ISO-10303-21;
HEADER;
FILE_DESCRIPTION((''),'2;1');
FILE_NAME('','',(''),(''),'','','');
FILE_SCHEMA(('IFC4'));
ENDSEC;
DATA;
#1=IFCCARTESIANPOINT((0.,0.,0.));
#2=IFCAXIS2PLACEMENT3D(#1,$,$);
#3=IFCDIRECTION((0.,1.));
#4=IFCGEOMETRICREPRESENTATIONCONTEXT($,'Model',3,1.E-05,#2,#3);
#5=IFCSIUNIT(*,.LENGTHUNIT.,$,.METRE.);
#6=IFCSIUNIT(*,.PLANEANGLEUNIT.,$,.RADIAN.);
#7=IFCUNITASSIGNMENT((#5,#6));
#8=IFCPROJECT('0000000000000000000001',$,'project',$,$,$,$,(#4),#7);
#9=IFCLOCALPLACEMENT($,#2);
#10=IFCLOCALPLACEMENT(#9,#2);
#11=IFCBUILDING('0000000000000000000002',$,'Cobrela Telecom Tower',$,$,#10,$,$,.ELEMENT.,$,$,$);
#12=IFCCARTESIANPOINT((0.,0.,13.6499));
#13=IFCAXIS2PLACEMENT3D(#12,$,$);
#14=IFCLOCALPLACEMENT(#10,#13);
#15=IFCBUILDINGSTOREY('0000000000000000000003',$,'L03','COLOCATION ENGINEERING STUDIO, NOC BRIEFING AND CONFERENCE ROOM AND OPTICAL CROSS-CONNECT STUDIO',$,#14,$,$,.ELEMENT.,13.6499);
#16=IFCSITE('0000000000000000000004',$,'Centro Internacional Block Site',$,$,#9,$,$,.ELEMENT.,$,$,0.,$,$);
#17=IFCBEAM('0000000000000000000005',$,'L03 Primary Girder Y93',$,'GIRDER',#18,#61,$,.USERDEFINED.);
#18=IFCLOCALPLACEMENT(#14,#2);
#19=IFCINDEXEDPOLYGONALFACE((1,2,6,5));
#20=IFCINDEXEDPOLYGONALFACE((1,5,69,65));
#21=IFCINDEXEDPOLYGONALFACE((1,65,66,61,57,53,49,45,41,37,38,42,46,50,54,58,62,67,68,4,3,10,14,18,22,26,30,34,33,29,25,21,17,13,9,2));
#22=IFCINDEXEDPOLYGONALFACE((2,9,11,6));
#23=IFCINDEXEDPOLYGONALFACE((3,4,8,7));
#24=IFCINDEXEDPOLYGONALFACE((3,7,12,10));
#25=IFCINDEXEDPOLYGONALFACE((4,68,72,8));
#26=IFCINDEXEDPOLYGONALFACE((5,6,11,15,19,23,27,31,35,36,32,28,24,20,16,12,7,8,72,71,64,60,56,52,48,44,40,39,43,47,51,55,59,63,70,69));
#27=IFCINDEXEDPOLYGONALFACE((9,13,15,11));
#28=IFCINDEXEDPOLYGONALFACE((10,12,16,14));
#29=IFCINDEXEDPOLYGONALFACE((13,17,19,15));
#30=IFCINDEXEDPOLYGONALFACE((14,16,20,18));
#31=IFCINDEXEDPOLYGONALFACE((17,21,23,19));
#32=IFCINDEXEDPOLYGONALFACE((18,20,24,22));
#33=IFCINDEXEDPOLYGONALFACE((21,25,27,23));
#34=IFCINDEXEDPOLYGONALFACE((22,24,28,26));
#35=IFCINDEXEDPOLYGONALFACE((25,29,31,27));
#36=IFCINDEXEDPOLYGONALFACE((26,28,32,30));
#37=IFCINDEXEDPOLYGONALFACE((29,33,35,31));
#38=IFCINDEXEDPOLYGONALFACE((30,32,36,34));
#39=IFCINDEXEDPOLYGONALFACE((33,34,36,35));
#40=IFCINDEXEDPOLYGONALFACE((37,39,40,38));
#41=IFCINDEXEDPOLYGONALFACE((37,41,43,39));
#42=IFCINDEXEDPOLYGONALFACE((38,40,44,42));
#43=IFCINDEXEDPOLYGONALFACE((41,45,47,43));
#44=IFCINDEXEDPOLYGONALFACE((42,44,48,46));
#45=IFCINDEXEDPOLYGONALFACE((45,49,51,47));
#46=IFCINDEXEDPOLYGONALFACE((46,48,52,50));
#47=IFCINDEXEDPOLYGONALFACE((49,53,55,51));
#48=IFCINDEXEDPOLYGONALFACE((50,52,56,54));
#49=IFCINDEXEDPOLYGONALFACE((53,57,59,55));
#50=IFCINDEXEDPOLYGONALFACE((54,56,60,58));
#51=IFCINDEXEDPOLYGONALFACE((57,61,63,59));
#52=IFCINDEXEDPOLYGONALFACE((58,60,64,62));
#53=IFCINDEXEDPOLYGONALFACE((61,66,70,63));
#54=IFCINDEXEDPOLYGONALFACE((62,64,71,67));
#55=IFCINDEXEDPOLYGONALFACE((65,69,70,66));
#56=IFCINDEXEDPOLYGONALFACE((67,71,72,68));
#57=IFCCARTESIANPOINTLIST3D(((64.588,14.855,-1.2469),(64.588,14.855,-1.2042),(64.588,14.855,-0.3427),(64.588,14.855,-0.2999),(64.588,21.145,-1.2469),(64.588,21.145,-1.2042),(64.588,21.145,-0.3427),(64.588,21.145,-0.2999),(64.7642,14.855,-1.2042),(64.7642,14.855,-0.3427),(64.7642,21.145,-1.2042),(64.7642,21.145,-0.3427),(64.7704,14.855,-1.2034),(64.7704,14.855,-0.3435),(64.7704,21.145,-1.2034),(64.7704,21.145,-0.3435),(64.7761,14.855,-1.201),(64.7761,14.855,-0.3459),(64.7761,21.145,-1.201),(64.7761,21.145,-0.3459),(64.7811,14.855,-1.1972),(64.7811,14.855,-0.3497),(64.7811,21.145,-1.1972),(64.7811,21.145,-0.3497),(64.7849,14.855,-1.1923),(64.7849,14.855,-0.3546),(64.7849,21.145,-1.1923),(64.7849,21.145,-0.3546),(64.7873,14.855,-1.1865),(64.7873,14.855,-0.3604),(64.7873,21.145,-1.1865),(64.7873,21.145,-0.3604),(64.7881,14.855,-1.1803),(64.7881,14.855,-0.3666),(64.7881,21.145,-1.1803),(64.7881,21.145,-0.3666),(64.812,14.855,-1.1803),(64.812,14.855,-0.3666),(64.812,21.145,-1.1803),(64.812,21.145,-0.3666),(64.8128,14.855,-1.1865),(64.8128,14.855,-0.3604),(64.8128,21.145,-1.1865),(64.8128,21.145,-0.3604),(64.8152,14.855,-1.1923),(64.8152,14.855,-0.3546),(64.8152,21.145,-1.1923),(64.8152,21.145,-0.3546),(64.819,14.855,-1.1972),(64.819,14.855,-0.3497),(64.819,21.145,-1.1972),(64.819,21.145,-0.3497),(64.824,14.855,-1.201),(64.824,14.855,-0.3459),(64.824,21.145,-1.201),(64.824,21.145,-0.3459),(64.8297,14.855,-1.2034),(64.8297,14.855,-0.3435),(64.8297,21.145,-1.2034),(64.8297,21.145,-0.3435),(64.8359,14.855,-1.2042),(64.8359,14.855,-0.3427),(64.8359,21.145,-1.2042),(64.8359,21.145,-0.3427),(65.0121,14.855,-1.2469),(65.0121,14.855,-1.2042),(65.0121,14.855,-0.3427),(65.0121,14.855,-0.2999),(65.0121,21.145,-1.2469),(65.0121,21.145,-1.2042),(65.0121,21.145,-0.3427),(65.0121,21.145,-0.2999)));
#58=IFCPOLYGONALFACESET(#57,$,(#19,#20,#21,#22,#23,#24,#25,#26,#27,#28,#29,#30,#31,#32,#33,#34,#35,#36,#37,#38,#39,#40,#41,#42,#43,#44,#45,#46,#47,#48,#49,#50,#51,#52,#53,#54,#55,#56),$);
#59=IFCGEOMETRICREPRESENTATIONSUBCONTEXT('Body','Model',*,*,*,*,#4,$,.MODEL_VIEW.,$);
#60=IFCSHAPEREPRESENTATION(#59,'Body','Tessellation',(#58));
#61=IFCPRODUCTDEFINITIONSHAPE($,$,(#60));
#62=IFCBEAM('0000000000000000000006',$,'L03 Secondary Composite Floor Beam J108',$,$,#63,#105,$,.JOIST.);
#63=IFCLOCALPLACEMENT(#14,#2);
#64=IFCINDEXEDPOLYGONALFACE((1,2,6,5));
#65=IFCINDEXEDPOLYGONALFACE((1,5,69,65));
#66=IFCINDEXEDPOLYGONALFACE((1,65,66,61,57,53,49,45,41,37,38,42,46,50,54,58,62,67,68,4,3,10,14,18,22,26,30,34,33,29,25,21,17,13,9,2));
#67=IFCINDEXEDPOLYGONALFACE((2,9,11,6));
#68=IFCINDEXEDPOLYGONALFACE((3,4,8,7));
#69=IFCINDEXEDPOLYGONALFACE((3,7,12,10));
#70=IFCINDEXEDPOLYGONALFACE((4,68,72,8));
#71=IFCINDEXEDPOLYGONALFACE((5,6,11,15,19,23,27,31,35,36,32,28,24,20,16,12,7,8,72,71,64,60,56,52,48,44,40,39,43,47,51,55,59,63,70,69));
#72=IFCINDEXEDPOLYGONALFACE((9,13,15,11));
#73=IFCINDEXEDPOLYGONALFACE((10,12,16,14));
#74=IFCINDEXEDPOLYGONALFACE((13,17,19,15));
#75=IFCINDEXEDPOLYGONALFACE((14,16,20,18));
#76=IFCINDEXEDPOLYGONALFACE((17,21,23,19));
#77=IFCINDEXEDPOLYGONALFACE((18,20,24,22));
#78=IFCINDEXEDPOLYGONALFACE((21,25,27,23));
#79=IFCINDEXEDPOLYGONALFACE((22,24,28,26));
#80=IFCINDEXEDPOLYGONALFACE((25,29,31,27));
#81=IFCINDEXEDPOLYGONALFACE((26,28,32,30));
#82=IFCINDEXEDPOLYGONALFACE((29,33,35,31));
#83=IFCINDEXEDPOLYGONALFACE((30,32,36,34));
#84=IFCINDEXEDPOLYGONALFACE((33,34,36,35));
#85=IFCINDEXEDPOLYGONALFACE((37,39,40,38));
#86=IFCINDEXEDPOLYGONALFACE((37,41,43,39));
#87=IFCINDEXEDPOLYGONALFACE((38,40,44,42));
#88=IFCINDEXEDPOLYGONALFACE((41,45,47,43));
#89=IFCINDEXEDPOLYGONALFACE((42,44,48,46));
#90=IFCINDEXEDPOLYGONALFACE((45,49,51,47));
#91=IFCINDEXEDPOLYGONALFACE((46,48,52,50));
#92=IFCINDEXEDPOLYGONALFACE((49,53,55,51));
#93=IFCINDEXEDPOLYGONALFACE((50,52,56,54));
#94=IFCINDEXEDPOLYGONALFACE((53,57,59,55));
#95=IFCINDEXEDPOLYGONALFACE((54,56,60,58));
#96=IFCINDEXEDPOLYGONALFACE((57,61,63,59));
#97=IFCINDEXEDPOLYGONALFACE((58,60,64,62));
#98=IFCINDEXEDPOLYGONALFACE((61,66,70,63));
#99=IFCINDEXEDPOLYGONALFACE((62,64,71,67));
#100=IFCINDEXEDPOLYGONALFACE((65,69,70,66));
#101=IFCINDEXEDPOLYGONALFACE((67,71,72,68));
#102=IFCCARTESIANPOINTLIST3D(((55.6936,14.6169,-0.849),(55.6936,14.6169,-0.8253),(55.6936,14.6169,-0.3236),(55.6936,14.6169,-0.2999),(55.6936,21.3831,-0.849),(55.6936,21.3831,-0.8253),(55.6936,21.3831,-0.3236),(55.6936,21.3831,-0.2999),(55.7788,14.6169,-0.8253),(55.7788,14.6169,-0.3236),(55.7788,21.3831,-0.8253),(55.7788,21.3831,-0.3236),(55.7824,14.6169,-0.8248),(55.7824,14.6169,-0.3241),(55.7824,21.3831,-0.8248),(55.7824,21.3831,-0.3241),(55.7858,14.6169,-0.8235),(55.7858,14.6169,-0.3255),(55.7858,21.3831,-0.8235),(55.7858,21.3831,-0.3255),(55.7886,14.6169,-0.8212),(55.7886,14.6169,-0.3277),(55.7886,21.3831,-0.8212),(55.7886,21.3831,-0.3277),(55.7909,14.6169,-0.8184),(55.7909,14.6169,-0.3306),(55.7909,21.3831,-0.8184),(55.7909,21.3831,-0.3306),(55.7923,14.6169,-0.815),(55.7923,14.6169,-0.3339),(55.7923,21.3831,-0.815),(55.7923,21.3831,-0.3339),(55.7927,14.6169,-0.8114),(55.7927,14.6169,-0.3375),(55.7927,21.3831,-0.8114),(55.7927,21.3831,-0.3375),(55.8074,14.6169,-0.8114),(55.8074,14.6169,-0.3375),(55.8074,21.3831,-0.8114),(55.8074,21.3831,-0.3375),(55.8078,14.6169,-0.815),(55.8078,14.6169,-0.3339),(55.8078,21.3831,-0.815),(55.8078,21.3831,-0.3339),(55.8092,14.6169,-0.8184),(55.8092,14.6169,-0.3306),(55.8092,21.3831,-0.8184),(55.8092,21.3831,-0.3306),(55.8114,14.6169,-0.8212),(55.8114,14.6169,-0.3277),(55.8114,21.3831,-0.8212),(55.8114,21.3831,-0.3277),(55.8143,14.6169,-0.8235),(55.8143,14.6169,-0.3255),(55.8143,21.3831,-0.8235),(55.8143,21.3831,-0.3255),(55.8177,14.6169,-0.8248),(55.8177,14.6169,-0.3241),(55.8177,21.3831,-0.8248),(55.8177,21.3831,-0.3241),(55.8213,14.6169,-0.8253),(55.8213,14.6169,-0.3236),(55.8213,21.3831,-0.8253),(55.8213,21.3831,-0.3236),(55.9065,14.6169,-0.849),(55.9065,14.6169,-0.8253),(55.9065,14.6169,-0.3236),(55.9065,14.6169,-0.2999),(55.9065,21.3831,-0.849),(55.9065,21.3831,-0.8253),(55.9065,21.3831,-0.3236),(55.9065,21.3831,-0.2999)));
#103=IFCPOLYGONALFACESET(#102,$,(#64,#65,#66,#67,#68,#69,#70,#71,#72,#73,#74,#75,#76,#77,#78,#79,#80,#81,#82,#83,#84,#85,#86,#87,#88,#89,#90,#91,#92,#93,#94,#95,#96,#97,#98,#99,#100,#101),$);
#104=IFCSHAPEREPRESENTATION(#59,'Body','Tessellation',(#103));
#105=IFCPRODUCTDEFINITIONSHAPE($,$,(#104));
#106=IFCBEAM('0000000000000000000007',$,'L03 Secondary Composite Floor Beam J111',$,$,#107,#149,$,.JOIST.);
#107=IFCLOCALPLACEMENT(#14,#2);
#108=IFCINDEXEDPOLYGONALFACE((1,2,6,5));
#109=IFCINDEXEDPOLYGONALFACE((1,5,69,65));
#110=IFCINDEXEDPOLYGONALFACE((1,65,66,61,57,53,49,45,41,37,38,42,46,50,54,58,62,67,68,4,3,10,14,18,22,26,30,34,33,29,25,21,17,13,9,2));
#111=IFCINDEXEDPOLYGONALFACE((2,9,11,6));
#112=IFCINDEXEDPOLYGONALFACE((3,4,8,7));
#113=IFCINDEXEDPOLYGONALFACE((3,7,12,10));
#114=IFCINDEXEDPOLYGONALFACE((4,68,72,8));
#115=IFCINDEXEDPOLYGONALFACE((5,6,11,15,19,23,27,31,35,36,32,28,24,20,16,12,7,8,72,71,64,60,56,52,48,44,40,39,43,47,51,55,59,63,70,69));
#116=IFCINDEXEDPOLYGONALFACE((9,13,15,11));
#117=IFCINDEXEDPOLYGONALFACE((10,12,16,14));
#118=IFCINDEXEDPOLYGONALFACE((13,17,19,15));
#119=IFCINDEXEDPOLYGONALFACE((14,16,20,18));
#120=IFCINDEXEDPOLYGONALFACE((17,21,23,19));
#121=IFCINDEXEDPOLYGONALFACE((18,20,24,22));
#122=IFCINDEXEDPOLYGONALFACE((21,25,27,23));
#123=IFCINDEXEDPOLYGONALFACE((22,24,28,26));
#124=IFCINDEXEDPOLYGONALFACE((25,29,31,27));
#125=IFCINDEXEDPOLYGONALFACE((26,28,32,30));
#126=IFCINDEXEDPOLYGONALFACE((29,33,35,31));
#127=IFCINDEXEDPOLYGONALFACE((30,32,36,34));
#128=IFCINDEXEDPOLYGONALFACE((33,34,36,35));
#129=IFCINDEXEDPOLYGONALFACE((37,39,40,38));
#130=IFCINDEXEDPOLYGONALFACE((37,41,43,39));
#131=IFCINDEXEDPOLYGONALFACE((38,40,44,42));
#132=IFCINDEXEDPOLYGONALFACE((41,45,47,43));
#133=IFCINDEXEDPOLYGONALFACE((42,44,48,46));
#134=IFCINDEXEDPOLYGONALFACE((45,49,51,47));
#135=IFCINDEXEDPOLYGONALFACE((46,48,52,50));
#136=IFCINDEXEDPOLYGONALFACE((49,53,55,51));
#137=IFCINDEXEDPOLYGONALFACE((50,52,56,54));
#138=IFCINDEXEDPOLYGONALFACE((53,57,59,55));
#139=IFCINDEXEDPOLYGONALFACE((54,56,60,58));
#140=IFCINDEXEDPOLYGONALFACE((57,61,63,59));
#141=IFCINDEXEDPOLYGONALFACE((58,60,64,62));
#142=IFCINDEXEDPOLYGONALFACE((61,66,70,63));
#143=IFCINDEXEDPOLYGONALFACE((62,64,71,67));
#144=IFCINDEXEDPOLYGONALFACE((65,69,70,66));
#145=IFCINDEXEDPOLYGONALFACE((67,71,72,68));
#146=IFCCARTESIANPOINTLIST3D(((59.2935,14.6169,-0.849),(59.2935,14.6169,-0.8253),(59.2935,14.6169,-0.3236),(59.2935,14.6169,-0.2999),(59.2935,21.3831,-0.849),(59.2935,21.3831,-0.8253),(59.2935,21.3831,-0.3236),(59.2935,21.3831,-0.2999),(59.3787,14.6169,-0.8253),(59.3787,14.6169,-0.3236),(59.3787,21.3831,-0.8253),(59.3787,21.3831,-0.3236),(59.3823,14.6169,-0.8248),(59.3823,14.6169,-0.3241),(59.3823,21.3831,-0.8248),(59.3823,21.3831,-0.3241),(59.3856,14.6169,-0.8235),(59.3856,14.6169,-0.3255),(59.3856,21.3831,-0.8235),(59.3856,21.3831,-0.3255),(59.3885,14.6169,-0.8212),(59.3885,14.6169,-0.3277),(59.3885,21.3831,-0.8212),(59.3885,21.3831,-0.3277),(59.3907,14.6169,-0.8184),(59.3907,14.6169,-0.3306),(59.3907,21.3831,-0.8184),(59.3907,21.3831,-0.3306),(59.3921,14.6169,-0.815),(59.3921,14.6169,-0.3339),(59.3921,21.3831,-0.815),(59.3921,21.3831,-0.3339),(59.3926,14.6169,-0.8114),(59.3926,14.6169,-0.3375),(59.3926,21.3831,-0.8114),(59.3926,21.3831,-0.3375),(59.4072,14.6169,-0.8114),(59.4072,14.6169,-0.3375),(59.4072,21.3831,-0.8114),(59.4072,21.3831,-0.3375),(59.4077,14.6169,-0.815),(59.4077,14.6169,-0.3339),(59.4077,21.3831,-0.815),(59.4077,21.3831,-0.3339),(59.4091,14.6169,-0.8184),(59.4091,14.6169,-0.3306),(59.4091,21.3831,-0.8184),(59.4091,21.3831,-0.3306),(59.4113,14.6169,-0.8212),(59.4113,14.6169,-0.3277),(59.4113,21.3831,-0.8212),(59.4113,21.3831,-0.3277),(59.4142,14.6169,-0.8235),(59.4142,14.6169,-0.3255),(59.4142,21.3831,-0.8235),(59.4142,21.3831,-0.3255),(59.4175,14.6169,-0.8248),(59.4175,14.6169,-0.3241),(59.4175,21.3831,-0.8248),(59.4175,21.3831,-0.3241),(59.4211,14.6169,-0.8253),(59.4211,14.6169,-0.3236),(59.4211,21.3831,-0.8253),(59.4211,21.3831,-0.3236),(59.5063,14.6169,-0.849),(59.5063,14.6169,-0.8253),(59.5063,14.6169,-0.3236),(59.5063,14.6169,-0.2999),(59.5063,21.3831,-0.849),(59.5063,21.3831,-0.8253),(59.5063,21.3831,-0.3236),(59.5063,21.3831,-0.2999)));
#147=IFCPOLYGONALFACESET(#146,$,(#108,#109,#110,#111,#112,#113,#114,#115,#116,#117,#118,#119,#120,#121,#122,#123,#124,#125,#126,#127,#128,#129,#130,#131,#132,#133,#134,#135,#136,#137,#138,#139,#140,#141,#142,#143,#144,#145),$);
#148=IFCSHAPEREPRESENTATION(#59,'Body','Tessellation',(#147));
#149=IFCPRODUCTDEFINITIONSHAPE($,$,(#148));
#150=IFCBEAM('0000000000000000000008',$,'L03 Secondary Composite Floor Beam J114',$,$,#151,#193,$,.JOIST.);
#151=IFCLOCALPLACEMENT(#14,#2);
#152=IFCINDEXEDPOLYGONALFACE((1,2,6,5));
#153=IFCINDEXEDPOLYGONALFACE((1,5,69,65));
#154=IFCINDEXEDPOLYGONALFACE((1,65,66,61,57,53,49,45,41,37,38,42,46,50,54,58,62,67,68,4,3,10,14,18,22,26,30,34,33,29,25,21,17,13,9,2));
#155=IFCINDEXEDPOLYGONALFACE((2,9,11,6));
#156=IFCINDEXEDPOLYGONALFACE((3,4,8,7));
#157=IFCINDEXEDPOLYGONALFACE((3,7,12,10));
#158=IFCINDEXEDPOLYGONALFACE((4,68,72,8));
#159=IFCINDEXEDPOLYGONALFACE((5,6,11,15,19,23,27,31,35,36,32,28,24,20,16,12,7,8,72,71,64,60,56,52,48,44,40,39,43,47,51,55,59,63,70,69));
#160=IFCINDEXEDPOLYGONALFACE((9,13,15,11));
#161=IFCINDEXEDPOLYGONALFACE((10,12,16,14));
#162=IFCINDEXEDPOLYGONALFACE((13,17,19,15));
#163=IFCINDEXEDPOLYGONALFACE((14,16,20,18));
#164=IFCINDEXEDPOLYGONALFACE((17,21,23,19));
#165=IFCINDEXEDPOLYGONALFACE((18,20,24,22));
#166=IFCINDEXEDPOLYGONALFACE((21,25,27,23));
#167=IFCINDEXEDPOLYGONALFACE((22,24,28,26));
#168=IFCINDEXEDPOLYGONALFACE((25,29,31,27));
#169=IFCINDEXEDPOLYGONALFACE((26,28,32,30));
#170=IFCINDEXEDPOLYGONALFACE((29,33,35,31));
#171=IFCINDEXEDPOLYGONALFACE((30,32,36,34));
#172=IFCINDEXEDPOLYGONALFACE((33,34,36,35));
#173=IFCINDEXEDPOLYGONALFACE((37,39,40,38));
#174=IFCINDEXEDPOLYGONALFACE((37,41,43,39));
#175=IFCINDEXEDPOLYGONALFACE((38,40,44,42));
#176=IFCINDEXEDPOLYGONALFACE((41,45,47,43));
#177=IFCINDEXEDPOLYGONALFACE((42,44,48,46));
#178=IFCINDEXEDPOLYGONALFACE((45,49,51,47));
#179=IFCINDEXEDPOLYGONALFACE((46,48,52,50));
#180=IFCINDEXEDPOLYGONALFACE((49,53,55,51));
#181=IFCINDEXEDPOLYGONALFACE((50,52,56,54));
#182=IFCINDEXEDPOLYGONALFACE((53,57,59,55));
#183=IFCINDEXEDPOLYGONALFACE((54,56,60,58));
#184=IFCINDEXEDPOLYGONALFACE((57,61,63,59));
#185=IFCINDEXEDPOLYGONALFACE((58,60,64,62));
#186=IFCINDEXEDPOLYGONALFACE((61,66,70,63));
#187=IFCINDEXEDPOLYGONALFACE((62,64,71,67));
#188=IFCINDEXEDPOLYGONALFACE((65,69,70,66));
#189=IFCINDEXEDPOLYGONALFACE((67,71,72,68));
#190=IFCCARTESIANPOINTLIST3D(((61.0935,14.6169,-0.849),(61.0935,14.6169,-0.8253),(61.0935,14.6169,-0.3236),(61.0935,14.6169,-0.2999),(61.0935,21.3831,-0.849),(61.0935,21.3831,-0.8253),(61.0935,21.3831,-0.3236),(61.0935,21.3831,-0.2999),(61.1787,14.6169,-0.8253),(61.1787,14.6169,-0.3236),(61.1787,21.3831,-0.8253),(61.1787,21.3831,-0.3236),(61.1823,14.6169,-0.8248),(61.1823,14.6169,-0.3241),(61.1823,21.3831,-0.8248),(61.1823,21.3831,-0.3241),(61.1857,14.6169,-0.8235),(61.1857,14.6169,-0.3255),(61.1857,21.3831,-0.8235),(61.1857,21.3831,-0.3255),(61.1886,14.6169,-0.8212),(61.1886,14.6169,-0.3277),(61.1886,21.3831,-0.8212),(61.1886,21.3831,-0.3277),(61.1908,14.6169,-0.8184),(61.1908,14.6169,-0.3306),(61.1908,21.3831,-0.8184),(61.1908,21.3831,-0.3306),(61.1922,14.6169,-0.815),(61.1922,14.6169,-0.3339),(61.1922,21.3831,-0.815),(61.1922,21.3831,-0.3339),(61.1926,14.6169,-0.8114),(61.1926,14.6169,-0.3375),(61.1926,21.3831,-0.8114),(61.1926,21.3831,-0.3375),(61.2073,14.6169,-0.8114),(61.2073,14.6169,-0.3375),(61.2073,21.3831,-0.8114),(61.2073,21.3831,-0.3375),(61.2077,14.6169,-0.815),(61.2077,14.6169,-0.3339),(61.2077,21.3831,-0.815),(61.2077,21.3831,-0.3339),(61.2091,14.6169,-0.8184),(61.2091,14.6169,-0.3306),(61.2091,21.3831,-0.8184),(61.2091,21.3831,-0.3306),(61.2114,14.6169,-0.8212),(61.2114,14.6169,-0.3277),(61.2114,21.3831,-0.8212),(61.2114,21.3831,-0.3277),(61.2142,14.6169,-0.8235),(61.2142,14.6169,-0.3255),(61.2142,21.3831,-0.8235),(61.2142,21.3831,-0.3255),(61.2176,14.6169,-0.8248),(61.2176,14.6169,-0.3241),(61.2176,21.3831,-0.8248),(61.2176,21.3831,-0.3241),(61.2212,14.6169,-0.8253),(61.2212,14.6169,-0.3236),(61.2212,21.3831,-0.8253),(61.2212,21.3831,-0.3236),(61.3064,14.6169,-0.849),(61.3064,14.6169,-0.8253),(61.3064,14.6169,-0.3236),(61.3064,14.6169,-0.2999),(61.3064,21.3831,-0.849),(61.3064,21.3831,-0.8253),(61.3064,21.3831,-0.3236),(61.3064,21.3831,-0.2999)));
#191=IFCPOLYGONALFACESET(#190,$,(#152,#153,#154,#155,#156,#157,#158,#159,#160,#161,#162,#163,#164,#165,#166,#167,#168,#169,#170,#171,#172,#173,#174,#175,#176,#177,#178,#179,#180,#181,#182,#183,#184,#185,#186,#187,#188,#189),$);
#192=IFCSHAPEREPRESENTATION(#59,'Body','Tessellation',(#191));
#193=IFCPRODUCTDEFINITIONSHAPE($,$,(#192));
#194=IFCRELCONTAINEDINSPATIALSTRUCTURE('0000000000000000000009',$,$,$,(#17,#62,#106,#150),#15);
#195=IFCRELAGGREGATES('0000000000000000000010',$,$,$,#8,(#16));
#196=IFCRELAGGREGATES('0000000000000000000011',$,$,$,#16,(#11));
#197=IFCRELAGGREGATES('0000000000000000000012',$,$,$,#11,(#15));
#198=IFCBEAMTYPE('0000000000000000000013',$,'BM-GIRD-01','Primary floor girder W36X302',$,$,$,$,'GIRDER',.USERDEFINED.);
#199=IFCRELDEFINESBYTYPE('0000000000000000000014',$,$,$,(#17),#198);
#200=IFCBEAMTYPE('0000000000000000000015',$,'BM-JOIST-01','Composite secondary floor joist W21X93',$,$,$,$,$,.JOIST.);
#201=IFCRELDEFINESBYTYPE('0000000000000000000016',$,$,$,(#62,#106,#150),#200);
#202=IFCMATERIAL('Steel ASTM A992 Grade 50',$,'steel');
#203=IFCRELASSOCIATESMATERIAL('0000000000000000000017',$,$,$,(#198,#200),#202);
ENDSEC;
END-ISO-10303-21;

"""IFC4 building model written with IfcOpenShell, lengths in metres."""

from ifc_helpers import new_model, si_unit, direction, frame, origin, origin_2d, place, context, subcontext, project, spatial, i_section, extrude, material, material_profile, profile_set, type_object, element, save


model = new_model("IFC4")

# Units and contexts
model_context = context("Model", 3, precision=1e-05, world=origin(), true_north=direction((0.0, 1.0)))
body_context = subcontext(model_context, "Body", "Model", "MODEL_VIEW")
ifc_project = project(units=[si_unit("LENGTHUNIT", "METRE"), si_unit("PLANEANGLEUNIT", "RADIAN")], contexts=[model_context])

# Site, building, storey
site_placement = place(None, origin())
site = spatial("IfcSite", under=ifc_project, at=site_placement, Name="Centro Internacional Block Site", CompositionType="ELEMENT", RefElevation=0.0)
building_placement = place(site_placement, origin())
building = spatial("IfcBuilding", under=site, at=building_placement, Name="Cobrela Telecom Tower", CompositionType="ELEMENT")
storey_placement = place(building_placement, frame((0.0, 0.0, 13.6499)))
storey = spatial("IfcBuildingStorey", under=building, at=storey_placement, Name="L03", Description="COLOCATION ENGINEERING STUDIO, NOC BRIEFING AND CONFERENCE ROOM AND OPTICAL CROSS-CONNECT STUDIO", CompositionType="ELEMENT", Elevation=13.6499)

# Beams
ifc_material_1 = material(Name="Steel ASTM A992 Grade 50", Category="steel")
ifc_material_profile_1 = material_profile(ifc_material_1, i_section(OverallWidth=0.4241, OverallDepth=0.947, WebThickness=0.0239, FlangeThickness=0.0427, FilletRadius=0.0239, at=origin_2d()), Name="W36X302")
ifc_profile_set_1 = profile_set([ifc_material_profile_1], Name="Steel ASTM A992 Grade 50")
beam_type_1 = type_object("IfcBeamType", Name="BM-GIRD-01", Description="Primary floor girder W36X302", ElementType="GIRDER", PredefinedType="USERDEFINED", material=ifc_profile_set_1)
for number, where, z_axis, x_axis, name in (
    (1, (64.8, 14.855, -0.7734), (0.0, 1.0, 0.0), (-1.0, 0.0, 0.0), "L03 Primary Girder Y93"),
):
    element("IfcBeam", number, at=place(storey_placement, frame(where, z_axis=z_axis, x_axis=x_axis)), inside=storey, type_object=beam_type_1, Name=name, ObjectType="GIRDER", PredefinedType="USERDEFINED", context=body_context, shape_type="SweptSolid", body=[
        extrude(i_section(OverallWidth=0.4241, OverallDepth=0.947, WebThickness=0.0239, FlangeThickness=0.0427, FilletRadius=0.0239, at=origin_2d()), origin(), (0.0, 0.0, 1.0), 6.29),
    ])
ifc_material_profile_2 = material_profile(ifc_material_1, i_section(OverallWidth=0.2129, OverallDepth=0.5491, WebThickness=0.0146, FlangeThickness=0.0237, FilletRadius=0.0139, at=origin_2d()), Name="W21X93")
ifc_profile_set_2 = profile_set([ifc_material_profile_2], Name="Steel ASTM A992 Grade 50")
beam_type_2 = type_object("IfcBeamType", Name="BM-JOIST-01", Description="Composite secondary floor joist W21X93", PredefinedType="JOIST", material=ifc_profile_set_2)
for number, where, z_axis, x_axis, name in (
    (2, (55.8, 14.6169, -0.5745), (0.0, 1.0, 0.0), (-1.0, 0.0, 0.0), "L03 Secondary Composite Floor Beam J108"),
    (3, (59.3999, 14.6169, -0.5745), (0.0, 1.0, 0.0), (-1.0, 0.0, 0.0), "L03 Secondary Composite Floor Beam J111"),
    (4, (61.2, 14.6169, -0.5745), (0.0, 1.0, 0.0), (-1.0, 0.0, 0.0), "L03 Secondary Composite Floor Beam J114"),
):
    element("IfcBeam", number, at=place(storey_placement, frame(where, z_axis=z_axis, x_axis=x_axis)), inside=storey, type_object=beam_type_2, Name=name, PredefinedType="JOIST", context=body_context, shape_type="SweptSolid", body=[
        extrude(i_section(OverallWidth=0.2129, OverallDepth=0.5491, WebThickness=0.0146, FlangeThickness=0.0237, FilletRadius=0.0139, at=origin_2d()), origin(), (0.0, 0.0, 1.0), 6.7661),
    ])

save(model, "model.ifc")
